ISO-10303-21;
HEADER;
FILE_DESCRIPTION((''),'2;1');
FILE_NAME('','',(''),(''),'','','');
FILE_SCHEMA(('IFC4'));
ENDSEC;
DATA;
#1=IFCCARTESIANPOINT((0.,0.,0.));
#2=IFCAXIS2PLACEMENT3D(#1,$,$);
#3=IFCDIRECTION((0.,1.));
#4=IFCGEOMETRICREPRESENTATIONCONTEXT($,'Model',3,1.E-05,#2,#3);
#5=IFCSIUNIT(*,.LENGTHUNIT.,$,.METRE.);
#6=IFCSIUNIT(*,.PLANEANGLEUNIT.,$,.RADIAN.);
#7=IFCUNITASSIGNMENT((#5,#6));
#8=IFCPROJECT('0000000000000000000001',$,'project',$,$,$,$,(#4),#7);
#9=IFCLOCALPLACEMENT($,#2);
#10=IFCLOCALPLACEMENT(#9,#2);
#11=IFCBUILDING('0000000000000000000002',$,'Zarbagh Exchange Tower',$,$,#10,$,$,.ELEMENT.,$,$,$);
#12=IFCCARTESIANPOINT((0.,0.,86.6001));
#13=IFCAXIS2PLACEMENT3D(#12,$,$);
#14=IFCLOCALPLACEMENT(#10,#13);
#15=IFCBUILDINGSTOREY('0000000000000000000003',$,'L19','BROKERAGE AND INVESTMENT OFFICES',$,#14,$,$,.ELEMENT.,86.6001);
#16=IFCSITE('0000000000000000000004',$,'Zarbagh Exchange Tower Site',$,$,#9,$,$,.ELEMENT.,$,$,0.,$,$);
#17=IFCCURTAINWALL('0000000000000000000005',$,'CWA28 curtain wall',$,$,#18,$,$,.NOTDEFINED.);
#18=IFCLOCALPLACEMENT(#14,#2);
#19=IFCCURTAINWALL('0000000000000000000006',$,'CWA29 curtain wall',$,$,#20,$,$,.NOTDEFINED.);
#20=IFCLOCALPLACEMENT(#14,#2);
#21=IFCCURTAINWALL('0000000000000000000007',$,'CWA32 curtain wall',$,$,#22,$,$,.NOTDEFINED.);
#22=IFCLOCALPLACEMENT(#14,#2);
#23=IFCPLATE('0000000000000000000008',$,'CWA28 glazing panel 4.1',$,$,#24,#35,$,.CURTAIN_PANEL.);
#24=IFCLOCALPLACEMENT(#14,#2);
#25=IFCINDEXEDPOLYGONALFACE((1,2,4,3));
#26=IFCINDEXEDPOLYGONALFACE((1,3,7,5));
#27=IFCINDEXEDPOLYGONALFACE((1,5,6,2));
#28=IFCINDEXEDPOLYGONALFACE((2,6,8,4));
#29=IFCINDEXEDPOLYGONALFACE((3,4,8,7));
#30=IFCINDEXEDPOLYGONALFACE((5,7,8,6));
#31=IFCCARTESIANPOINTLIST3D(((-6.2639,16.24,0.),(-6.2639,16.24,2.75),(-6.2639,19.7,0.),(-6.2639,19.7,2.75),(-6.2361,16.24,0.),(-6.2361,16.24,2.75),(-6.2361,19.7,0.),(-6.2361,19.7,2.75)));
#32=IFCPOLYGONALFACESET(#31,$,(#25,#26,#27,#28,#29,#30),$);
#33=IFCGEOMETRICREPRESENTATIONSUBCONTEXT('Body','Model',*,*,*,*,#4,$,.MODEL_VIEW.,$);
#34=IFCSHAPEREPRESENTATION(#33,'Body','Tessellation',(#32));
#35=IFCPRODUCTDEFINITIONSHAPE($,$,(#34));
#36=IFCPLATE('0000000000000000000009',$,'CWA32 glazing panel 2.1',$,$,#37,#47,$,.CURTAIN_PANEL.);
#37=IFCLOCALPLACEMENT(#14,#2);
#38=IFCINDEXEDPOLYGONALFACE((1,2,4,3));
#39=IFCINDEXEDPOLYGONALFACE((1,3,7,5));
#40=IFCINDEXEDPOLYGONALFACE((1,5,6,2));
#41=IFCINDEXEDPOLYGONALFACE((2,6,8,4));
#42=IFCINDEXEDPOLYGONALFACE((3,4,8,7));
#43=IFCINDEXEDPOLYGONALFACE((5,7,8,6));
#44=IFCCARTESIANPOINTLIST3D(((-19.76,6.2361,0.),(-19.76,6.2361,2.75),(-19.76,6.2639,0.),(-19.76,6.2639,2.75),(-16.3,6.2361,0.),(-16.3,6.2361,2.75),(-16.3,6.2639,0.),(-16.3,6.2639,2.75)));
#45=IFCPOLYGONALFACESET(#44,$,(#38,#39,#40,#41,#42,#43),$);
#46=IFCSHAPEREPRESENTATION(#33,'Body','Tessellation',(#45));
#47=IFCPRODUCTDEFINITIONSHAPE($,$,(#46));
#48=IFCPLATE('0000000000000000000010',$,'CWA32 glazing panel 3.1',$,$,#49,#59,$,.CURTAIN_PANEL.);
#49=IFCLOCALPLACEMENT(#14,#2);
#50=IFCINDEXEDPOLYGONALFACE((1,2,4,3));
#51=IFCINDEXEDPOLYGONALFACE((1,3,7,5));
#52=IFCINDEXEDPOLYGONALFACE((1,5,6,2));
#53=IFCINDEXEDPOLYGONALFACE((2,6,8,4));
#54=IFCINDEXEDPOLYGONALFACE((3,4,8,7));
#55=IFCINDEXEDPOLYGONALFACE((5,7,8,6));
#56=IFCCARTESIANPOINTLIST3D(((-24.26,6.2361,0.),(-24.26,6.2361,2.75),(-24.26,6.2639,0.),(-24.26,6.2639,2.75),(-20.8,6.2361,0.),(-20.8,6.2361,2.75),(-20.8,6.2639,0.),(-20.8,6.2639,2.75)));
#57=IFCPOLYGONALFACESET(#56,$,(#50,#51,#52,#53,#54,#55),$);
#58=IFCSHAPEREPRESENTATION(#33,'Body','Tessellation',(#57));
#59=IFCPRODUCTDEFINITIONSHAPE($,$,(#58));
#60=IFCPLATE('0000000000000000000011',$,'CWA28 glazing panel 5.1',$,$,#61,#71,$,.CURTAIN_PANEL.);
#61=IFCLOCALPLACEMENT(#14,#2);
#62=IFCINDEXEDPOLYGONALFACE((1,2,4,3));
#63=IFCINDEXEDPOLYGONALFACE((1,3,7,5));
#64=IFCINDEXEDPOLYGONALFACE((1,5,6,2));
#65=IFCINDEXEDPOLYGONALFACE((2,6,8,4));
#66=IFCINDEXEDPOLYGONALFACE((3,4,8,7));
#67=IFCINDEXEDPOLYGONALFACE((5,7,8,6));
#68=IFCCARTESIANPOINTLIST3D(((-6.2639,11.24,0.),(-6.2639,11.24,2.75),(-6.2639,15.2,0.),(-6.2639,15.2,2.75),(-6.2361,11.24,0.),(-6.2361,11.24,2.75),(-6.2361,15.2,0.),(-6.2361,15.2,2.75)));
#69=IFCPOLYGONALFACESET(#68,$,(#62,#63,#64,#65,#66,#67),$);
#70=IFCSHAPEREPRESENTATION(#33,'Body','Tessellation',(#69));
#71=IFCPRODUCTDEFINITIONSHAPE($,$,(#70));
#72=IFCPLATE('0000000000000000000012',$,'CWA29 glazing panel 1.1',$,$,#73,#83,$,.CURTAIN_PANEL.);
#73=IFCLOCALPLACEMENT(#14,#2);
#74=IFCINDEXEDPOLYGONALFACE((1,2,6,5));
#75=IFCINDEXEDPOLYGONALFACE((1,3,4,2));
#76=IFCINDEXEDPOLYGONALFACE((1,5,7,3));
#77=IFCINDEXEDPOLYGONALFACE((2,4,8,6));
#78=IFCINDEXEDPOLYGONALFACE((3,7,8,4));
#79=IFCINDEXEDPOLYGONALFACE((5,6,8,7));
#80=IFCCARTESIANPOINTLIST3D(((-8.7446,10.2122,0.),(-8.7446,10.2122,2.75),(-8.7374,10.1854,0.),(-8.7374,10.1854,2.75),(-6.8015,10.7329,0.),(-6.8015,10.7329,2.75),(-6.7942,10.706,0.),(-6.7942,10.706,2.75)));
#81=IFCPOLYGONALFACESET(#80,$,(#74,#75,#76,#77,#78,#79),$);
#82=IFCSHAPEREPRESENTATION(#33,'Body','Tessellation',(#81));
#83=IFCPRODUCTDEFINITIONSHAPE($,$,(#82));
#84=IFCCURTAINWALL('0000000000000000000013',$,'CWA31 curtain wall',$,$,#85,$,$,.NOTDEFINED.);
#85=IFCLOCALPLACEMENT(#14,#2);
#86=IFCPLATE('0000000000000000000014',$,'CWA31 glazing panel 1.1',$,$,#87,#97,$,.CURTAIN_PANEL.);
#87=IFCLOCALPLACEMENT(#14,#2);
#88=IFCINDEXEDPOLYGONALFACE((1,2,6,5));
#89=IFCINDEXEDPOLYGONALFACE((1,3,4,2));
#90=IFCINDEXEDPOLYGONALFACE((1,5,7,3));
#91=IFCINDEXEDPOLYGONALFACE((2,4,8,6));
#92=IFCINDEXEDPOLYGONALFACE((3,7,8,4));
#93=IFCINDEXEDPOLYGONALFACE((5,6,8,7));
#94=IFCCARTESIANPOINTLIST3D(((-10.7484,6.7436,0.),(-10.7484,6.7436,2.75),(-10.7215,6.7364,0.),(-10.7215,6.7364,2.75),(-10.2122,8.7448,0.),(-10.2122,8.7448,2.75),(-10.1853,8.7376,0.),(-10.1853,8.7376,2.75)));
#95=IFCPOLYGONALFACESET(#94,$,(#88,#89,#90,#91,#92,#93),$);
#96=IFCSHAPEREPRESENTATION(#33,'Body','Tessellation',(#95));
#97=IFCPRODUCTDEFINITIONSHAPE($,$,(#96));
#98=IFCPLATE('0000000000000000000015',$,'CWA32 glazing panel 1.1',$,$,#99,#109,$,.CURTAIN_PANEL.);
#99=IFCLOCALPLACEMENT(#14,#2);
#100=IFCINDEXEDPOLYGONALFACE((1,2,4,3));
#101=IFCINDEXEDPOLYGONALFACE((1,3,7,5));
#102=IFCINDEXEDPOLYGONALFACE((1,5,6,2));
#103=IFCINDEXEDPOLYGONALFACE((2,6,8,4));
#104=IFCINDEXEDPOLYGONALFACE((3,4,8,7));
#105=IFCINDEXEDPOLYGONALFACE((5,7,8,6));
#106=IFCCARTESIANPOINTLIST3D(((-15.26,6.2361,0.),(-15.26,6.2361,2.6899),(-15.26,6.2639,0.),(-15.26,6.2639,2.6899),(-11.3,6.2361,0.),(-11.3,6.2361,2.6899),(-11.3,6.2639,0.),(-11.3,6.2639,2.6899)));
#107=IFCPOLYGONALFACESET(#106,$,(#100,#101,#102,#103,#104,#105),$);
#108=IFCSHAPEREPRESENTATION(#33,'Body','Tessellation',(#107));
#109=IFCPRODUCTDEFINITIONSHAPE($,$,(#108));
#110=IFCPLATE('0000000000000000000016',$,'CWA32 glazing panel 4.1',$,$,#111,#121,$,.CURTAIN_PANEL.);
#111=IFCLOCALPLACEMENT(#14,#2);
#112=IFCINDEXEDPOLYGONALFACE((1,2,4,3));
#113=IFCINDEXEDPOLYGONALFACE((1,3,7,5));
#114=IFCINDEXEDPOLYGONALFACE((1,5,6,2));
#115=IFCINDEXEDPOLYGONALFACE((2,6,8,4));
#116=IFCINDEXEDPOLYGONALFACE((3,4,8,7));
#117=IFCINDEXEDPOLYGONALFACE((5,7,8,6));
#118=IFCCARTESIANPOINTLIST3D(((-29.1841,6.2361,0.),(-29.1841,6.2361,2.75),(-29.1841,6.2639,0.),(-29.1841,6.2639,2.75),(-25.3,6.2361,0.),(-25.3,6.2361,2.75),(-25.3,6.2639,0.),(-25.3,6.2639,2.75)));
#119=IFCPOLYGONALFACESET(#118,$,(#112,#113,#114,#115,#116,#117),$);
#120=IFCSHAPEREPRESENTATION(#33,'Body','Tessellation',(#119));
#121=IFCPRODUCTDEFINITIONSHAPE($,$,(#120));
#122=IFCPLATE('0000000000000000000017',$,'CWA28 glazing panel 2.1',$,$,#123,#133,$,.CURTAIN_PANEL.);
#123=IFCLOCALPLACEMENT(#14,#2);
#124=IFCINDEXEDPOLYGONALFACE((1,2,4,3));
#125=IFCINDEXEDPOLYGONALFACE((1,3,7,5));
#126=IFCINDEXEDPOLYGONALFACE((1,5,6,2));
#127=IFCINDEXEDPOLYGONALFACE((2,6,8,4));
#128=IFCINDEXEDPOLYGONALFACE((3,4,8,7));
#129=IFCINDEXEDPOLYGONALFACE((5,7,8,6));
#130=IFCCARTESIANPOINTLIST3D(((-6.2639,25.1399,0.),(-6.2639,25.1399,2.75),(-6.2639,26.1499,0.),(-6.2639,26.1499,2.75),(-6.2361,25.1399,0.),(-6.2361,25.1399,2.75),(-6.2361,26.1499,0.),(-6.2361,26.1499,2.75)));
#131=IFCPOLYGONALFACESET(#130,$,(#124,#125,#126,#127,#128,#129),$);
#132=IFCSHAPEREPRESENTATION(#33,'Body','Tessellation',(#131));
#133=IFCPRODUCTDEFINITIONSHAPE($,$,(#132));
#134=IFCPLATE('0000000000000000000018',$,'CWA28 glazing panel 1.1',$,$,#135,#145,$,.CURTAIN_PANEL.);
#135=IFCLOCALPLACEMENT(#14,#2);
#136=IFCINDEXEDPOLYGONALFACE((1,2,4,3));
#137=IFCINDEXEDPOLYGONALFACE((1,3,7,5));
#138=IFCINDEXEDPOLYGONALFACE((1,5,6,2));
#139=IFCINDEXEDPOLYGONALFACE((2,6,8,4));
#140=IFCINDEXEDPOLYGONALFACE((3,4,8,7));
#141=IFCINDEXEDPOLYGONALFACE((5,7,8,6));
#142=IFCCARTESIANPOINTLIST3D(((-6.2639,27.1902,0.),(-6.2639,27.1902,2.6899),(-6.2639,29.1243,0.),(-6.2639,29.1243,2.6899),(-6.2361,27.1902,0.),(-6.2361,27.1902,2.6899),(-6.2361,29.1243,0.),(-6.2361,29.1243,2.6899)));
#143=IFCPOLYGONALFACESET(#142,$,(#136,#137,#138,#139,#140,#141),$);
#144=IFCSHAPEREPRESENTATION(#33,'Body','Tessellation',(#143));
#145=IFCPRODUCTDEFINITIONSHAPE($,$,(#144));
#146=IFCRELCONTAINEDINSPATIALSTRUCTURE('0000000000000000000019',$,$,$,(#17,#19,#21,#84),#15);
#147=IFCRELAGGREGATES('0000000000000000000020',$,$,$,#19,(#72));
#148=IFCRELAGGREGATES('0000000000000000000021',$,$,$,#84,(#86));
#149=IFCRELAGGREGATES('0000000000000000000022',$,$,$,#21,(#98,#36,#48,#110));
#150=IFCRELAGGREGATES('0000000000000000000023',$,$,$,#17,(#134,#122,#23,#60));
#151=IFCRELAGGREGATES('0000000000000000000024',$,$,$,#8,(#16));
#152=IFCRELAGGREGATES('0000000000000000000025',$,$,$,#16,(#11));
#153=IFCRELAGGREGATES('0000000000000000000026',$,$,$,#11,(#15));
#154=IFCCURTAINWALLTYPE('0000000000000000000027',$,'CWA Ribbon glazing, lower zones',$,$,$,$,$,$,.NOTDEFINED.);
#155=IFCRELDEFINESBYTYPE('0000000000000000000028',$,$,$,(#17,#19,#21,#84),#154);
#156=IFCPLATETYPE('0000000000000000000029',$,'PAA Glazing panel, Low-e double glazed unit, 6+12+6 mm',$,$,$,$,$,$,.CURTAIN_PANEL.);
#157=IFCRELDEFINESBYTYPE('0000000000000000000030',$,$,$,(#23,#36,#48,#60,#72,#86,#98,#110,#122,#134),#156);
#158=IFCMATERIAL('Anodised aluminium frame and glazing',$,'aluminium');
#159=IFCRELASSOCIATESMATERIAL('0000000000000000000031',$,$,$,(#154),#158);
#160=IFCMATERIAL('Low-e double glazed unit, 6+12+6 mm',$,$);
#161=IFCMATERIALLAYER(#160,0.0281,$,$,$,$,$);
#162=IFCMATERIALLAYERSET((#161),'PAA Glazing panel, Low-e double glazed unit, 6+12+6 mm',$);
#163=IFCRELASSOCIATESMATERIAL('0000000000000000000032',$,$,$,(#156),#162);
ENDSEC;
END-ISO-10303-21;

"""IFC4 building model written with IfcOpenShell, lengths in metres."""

from ifc_helpers import new_model, si_unit, direction, frame, origin, place, context, subcontext, project, spatial, polyline, outline, extrude, source, transform, mapped, material, layer, layer_set, type_object, element, aggregate, save


model = new_model("IFC4")

# Units and contexts
model_context = context("Model", 3, precision=1e-05, world=origin(), true_north=direction((0.0, 1.0)))
body_context = subcontext(model_context, "Body", "Model", "MODEL_VIEW")
ifc_project = project(units=[si_unit("LENGTHUNIT", "METRE"), si_unit("PLANEANGLEUNIT", "RADIAN")], contexts=[model_context])

# Site, building, storey
site_placement = place(None, origin())
site = spatial("IfcSite", under=ifc_project, at=site_placement, Name="Zarbagh Exchange Tower Site", CompositionType="ELEMENT", RefElevation=0.0)
building_placement = place(site_placement, origin())
building = spatial("IfcBuilding", under=site, at=building_placement, Name="Zarbagh Exchange Tower", CompositionType="ELEMENT")
storey_placement = place(building_placement, frame((0.0, 0.0, 86.6001)))
storey = spatial("IfcBuildingStorey", under=building, at=storey_placement, Name="L19", Description="BROKERAGE AND INVESTMENT OFFICES", CompositionType="ELEMENT", Elevation=86.6001)

# Curtain wall
ifc_material_1 = material(Name="Anodised aluminium frame and glazing", Category="aluminium")
curtain_wall_type = type_object("IfcCurtainWallType", Name="CWA Ribbon glazing, lower zones", PredefinedType="NOTDEFINED", material=ifc_material_1)
curtain_wall_1_placement = place(storey_placement, origin())
curtain_wall_1 = element("IfcCurtainWall", 1, at=curtain_wall_1_placement, inside=storey, type_object=curtain_wall_type, Name="CWA28 curtain wall", PredefinedType="NOTDEFINED")
placement = place(storey_placement, origin())

# Curtain wall
curtain_wall_2_placement = place(storey_placement, origin())
curtain_wall_2 = element("IfcCurtainWall", 2, at=curtain_wall_2_placement, inside=storey, type_object=curtain_wall_type, Name="CWA29 curtain wall", PredefinedType="NOTDEFINED")

# Curtain wall
curtain_wall_3_placement = place(storey_placement, origin())
curtain_wall_3 = element("IfcCurtainWall", 3, at=curtain_wall_3_placement, inside=storey, type_object=curtain_wall_type, Name="CWA32 curtain wall", PredefinedType="NOTDEFINED")

# Shared definitions
ifc_material_2 = material(Name="Low-e double glazed unit, 6+12+6 mm")
ifc_layer = layer(ifc_material_2, 0.0281)
ifc_layer_set = layer_set([ifc_layer], Name="PAA Glazing panel, Low-e double glazed unit, 6+12+6 mm")
plate_type = type_object("IfcPlateType", Name="PAA Glazing panel, Low-e double glazed unit, 6+12+6 mm", PredefinedType="CURTAIN_PANEL", material=ifc_layer_set)

# Plates
shared_shape_1 = source(origin(), body_context, "Body", "SweptSolid", [
    extrude(outline(polyline([(0.0, -0.0139), (3.46, -0.0139), (3.46, 0.0139), (0.0, 0.0139), (0.0, -0.0139)])), origin(), (0.0, 0.0, 1.0), 2.75),
])
plate_1 = element("IfcPlate", 4, at=placement, type_object=plate_type, Name="CWA28 glazing panel 4.1", PredefinedType="CURTAIN_PANEL", context=body_context, shape_type="MappedRepresentation", body=[
    mapped(shared_shape_1, transform((-6.25, 19.7, 0.0), x_axis=(0.0, -1.0, 0.0), y_axis=(1.0, 0.0, 0.0), z_axis=(0.0, 0.0, 1.0))),
])
plate_2 = element("IfcPlate", 5, at=placement, type_object=plate_type, Name="CWA32 glazing panel 2.1", PredefinedType="CURTAIN_PANEL", context=body_context, shape_type="MappedRepresentation", body=[
    mapped(shared_shape_1, transform((-16.3, 6.25, 0.0), x_axis=(-1.0, 0.0, 0.0), y_axis=(0.0, -1.0, 0.0), z_axis=(0.0, 0.0, 1.0))),
])
plate_3 = element("IfcPlate", 6, at=placement, type_object=plate_type, Name="CWA32 glazing panel 3.1", PredefinedType="CURTAIN_PANEL", context=body_context, shape_type="MappedRepresentation", body=[
    mapped(shared_shape_1, transform((-20.8, 6.25, 0.0), x_axis=(-1.0, 0.0, 0.0), y_axis=(0.0, -1.0, 0.0), z_axis=(0.0, 0.0, 1.0))),
])
shared_shape_2 = source(origin(), body_context, "Body", "SweptSolid", [
    extrude(outline(polyline([(0.0, -0.0139), (3.96, -0.0139), (3.96, 0.0139), (0.0, 0.0139), (0.0, -0.0139)])), origin(), (0.0, 0.0, 1.0), 2.75),
])
plate_4 = element("IfcPlate", 7, at=placement, type_object=plate_type, Name="CWA28 glazing panel 5.1", PredefinedType="CURTAIN_PANEL", context=body_context, shape_type="MappedRepresentation", body=[
    mapped(shared_shape_2, transform((-6.25, 15.2, 0.0), x_axis=(0.0, -1.0, 0.0), y_axis=(1.0, 0.0, 0.0), z_axis=(0.0, 0.0, 1.0))),
])
shared_shape_3 = source(origin(), body_context, "Body", "SweptSolid", [
    extrude(outline(polyline([(0.0, -0.0139), (2.0117, -0.0139), (2.0117, 0.0139), (0.0, 0.0139), (0.0, -0.0139)])), origin(), (0.0, 0.0, 1.0), 2.75),
])
plate_5 = element("IfcPlate", 8, at=placement, type_object=plate_type, Name="CWA29 glazing panel 1.1", PredefinedType="CURTAIN_PANEL", context=body_context, shape_type="MappedRepresentation", body=[
    mapped(shared_shape_3, transform((-6.7979, 10.7195, 0.0), x_axis=(-0.965924, -0.258825, 0.0), y_axis=(0.258825, -0.965924, 0.0), z_axis=(0.0, 0.0, 1.0))),
])
aggregate(curtain_wall_2, [plate_5])

# Curtain wall, plate
curtain_wall_4_placement = place(storey_placement, origin())
curtain_wall_4 = element("IfcCurtainWall", 9, at=curtain_wall_4_placement, inside=storey, type_object=curtain_wall_type, Name="CWA31 curtain wall", PredefinedType="NOTDEFINED")
shared_shape_4 = source(origin(), body_context, "Body", "SweptSolid", [
    extrude(outline(polyline([(0.0, -0.0139), (2.0718, -0.0139), (2.0718, 0.0139), (0.0, 0.0139), (0.0, -0.0139)])), origin(), (0.0, 0.0, 1.0), 2.75),
])
plate_6 = element("IfcPlate", 10, at=placement, type_object=plate_type, Name="CWA31 glazing panel 1.1", PredefinedType="CURTAIN_PANEL", context=body_context, shape_type="MappedRepresentation", body=[
    mapped(shared_shape_4, transform((-10.1987, 8.7412, 0.0), x_axis=(-0.258825, -0.965924, 0.0), y_axis=(0.965924, -0.258825, 0.0), z_axis=(0.0, 0.0, 1.0))),
])
aggregate(curtain_wall_4, [plate_6])

# Plates
shared_shape_5 = source(origin(), body_context, "Body", "SweptSolid", [
    extrude(outline(polyline([(0.0, -0.0139), (3.96, -0.0139), (3.96, 0.0139), (0.0, 0.0139), (0.0, -0.0139)])), origin(), (0.0, 0.0, 1.0), 2.6899),
])
plate_7 = element("IfcPlate", 11, at=placement, type_object=plate_type, Name="CWA32 glazing panel 1.1", PredefinedType="CURTAIN_PANEL", context=body_context, shape_type="MappedRepresentation", body=[
    mapped(shared_shape_5, transform((-11.3, 6.25, 0.0), x_axis=(-1.0, 0.0, 0.0), y_axis=(0.0, -1.0, 0.0), z_axis=(0.0, 0.0, 1.0))),
])
shared_shape_6 = source(origin(), body_context, "Body", "SweptSolid", [
    extrude(outline(polyline([(0.0, -0.0139), (3.884, -0.0139), (3.884, 0.0139), (0.0, 0.0139), (0.0, -0.0139)])), origin(), (0.0, 0.0, 1.0), 2.75),
])
plate_8 = element("IfcPlate", 12, at=placement, type_object=plate_type, Name="CWA32 glazing panel 4.1", PredefinedType="CURTAIN_PANEL", context=body_context, shape_type="MappedRepresentation", body=[
    mapped(shared_shape_6, transform((-25.3, 6.25, 0.0), x_axis=(-1.0, 0.0, 0.0), y_axis=(0.0, -1.0, 0.0), z_axis=(0.0, 0.0, 1.0))),
])
aggregate(curtain_wall_3, [plate_7, plate_2, plate_3, plate_8])
shared_shape_7 = source(origin(), body_context, "Body", "SweptSolid", [
    extrude(outline(polyline([(0.0, -0.0139), (1.01, -0.0139), (1.01, 0.0139), (0.0, 0.0139), (0.0, -0.0139)])), origin(), (0.0, 0.0, 1.0), 2.75),
])
plate_9 = element("IfcPlate", 13, at=placement, type_object=plate_type, Name="CWA28 glazing panel 2.1", PredefinedType="CURTAIN_PANEL", context=body_context, shape_type="MappedRepresentation", body=[
    mapped(shared_shape_7, transform((-6.25, 26.1499, 0.0), x_axis=(0.0, -1.0, 0.0), y_axis=(1.0, 0.0, 0.0), z_axis=(0.0, 0.0, 1.0))),
])
shared_shape_8 = source(origin(), body_context, "Body", "SweptSolid", [
    extrude(outline(polyline([(0.0, -0.0139), (1.9341, -0.0139), (1.9341, 0.0139), (0.0, 0.0139), (0.0, -0.0139)])), origin(), (0.0, 0.0, 1.0), 2.6899),
])
plate_10 = element("IfcPlate", 14, at=placement, type_object=plate_type, Name="CWA28 glazing panel 1.1", PredefinedType="CURTAIN_PANEL", context=body_context, shape_type="MappedRepresentation", body=[
    mapped(shared_shape_8, transform((-6.25, 29.1243, 0.0), x_axis=(0.0, -1.0, 0.0), y_axis=(1.0, 0.0, 0.0), z_axis=(0.0, 0.0, 1.0))),
])
aggregate(curtain_wall_1, [plate_10, plate_9, plate_1, plate_4])

save(model, "model.ifc")
